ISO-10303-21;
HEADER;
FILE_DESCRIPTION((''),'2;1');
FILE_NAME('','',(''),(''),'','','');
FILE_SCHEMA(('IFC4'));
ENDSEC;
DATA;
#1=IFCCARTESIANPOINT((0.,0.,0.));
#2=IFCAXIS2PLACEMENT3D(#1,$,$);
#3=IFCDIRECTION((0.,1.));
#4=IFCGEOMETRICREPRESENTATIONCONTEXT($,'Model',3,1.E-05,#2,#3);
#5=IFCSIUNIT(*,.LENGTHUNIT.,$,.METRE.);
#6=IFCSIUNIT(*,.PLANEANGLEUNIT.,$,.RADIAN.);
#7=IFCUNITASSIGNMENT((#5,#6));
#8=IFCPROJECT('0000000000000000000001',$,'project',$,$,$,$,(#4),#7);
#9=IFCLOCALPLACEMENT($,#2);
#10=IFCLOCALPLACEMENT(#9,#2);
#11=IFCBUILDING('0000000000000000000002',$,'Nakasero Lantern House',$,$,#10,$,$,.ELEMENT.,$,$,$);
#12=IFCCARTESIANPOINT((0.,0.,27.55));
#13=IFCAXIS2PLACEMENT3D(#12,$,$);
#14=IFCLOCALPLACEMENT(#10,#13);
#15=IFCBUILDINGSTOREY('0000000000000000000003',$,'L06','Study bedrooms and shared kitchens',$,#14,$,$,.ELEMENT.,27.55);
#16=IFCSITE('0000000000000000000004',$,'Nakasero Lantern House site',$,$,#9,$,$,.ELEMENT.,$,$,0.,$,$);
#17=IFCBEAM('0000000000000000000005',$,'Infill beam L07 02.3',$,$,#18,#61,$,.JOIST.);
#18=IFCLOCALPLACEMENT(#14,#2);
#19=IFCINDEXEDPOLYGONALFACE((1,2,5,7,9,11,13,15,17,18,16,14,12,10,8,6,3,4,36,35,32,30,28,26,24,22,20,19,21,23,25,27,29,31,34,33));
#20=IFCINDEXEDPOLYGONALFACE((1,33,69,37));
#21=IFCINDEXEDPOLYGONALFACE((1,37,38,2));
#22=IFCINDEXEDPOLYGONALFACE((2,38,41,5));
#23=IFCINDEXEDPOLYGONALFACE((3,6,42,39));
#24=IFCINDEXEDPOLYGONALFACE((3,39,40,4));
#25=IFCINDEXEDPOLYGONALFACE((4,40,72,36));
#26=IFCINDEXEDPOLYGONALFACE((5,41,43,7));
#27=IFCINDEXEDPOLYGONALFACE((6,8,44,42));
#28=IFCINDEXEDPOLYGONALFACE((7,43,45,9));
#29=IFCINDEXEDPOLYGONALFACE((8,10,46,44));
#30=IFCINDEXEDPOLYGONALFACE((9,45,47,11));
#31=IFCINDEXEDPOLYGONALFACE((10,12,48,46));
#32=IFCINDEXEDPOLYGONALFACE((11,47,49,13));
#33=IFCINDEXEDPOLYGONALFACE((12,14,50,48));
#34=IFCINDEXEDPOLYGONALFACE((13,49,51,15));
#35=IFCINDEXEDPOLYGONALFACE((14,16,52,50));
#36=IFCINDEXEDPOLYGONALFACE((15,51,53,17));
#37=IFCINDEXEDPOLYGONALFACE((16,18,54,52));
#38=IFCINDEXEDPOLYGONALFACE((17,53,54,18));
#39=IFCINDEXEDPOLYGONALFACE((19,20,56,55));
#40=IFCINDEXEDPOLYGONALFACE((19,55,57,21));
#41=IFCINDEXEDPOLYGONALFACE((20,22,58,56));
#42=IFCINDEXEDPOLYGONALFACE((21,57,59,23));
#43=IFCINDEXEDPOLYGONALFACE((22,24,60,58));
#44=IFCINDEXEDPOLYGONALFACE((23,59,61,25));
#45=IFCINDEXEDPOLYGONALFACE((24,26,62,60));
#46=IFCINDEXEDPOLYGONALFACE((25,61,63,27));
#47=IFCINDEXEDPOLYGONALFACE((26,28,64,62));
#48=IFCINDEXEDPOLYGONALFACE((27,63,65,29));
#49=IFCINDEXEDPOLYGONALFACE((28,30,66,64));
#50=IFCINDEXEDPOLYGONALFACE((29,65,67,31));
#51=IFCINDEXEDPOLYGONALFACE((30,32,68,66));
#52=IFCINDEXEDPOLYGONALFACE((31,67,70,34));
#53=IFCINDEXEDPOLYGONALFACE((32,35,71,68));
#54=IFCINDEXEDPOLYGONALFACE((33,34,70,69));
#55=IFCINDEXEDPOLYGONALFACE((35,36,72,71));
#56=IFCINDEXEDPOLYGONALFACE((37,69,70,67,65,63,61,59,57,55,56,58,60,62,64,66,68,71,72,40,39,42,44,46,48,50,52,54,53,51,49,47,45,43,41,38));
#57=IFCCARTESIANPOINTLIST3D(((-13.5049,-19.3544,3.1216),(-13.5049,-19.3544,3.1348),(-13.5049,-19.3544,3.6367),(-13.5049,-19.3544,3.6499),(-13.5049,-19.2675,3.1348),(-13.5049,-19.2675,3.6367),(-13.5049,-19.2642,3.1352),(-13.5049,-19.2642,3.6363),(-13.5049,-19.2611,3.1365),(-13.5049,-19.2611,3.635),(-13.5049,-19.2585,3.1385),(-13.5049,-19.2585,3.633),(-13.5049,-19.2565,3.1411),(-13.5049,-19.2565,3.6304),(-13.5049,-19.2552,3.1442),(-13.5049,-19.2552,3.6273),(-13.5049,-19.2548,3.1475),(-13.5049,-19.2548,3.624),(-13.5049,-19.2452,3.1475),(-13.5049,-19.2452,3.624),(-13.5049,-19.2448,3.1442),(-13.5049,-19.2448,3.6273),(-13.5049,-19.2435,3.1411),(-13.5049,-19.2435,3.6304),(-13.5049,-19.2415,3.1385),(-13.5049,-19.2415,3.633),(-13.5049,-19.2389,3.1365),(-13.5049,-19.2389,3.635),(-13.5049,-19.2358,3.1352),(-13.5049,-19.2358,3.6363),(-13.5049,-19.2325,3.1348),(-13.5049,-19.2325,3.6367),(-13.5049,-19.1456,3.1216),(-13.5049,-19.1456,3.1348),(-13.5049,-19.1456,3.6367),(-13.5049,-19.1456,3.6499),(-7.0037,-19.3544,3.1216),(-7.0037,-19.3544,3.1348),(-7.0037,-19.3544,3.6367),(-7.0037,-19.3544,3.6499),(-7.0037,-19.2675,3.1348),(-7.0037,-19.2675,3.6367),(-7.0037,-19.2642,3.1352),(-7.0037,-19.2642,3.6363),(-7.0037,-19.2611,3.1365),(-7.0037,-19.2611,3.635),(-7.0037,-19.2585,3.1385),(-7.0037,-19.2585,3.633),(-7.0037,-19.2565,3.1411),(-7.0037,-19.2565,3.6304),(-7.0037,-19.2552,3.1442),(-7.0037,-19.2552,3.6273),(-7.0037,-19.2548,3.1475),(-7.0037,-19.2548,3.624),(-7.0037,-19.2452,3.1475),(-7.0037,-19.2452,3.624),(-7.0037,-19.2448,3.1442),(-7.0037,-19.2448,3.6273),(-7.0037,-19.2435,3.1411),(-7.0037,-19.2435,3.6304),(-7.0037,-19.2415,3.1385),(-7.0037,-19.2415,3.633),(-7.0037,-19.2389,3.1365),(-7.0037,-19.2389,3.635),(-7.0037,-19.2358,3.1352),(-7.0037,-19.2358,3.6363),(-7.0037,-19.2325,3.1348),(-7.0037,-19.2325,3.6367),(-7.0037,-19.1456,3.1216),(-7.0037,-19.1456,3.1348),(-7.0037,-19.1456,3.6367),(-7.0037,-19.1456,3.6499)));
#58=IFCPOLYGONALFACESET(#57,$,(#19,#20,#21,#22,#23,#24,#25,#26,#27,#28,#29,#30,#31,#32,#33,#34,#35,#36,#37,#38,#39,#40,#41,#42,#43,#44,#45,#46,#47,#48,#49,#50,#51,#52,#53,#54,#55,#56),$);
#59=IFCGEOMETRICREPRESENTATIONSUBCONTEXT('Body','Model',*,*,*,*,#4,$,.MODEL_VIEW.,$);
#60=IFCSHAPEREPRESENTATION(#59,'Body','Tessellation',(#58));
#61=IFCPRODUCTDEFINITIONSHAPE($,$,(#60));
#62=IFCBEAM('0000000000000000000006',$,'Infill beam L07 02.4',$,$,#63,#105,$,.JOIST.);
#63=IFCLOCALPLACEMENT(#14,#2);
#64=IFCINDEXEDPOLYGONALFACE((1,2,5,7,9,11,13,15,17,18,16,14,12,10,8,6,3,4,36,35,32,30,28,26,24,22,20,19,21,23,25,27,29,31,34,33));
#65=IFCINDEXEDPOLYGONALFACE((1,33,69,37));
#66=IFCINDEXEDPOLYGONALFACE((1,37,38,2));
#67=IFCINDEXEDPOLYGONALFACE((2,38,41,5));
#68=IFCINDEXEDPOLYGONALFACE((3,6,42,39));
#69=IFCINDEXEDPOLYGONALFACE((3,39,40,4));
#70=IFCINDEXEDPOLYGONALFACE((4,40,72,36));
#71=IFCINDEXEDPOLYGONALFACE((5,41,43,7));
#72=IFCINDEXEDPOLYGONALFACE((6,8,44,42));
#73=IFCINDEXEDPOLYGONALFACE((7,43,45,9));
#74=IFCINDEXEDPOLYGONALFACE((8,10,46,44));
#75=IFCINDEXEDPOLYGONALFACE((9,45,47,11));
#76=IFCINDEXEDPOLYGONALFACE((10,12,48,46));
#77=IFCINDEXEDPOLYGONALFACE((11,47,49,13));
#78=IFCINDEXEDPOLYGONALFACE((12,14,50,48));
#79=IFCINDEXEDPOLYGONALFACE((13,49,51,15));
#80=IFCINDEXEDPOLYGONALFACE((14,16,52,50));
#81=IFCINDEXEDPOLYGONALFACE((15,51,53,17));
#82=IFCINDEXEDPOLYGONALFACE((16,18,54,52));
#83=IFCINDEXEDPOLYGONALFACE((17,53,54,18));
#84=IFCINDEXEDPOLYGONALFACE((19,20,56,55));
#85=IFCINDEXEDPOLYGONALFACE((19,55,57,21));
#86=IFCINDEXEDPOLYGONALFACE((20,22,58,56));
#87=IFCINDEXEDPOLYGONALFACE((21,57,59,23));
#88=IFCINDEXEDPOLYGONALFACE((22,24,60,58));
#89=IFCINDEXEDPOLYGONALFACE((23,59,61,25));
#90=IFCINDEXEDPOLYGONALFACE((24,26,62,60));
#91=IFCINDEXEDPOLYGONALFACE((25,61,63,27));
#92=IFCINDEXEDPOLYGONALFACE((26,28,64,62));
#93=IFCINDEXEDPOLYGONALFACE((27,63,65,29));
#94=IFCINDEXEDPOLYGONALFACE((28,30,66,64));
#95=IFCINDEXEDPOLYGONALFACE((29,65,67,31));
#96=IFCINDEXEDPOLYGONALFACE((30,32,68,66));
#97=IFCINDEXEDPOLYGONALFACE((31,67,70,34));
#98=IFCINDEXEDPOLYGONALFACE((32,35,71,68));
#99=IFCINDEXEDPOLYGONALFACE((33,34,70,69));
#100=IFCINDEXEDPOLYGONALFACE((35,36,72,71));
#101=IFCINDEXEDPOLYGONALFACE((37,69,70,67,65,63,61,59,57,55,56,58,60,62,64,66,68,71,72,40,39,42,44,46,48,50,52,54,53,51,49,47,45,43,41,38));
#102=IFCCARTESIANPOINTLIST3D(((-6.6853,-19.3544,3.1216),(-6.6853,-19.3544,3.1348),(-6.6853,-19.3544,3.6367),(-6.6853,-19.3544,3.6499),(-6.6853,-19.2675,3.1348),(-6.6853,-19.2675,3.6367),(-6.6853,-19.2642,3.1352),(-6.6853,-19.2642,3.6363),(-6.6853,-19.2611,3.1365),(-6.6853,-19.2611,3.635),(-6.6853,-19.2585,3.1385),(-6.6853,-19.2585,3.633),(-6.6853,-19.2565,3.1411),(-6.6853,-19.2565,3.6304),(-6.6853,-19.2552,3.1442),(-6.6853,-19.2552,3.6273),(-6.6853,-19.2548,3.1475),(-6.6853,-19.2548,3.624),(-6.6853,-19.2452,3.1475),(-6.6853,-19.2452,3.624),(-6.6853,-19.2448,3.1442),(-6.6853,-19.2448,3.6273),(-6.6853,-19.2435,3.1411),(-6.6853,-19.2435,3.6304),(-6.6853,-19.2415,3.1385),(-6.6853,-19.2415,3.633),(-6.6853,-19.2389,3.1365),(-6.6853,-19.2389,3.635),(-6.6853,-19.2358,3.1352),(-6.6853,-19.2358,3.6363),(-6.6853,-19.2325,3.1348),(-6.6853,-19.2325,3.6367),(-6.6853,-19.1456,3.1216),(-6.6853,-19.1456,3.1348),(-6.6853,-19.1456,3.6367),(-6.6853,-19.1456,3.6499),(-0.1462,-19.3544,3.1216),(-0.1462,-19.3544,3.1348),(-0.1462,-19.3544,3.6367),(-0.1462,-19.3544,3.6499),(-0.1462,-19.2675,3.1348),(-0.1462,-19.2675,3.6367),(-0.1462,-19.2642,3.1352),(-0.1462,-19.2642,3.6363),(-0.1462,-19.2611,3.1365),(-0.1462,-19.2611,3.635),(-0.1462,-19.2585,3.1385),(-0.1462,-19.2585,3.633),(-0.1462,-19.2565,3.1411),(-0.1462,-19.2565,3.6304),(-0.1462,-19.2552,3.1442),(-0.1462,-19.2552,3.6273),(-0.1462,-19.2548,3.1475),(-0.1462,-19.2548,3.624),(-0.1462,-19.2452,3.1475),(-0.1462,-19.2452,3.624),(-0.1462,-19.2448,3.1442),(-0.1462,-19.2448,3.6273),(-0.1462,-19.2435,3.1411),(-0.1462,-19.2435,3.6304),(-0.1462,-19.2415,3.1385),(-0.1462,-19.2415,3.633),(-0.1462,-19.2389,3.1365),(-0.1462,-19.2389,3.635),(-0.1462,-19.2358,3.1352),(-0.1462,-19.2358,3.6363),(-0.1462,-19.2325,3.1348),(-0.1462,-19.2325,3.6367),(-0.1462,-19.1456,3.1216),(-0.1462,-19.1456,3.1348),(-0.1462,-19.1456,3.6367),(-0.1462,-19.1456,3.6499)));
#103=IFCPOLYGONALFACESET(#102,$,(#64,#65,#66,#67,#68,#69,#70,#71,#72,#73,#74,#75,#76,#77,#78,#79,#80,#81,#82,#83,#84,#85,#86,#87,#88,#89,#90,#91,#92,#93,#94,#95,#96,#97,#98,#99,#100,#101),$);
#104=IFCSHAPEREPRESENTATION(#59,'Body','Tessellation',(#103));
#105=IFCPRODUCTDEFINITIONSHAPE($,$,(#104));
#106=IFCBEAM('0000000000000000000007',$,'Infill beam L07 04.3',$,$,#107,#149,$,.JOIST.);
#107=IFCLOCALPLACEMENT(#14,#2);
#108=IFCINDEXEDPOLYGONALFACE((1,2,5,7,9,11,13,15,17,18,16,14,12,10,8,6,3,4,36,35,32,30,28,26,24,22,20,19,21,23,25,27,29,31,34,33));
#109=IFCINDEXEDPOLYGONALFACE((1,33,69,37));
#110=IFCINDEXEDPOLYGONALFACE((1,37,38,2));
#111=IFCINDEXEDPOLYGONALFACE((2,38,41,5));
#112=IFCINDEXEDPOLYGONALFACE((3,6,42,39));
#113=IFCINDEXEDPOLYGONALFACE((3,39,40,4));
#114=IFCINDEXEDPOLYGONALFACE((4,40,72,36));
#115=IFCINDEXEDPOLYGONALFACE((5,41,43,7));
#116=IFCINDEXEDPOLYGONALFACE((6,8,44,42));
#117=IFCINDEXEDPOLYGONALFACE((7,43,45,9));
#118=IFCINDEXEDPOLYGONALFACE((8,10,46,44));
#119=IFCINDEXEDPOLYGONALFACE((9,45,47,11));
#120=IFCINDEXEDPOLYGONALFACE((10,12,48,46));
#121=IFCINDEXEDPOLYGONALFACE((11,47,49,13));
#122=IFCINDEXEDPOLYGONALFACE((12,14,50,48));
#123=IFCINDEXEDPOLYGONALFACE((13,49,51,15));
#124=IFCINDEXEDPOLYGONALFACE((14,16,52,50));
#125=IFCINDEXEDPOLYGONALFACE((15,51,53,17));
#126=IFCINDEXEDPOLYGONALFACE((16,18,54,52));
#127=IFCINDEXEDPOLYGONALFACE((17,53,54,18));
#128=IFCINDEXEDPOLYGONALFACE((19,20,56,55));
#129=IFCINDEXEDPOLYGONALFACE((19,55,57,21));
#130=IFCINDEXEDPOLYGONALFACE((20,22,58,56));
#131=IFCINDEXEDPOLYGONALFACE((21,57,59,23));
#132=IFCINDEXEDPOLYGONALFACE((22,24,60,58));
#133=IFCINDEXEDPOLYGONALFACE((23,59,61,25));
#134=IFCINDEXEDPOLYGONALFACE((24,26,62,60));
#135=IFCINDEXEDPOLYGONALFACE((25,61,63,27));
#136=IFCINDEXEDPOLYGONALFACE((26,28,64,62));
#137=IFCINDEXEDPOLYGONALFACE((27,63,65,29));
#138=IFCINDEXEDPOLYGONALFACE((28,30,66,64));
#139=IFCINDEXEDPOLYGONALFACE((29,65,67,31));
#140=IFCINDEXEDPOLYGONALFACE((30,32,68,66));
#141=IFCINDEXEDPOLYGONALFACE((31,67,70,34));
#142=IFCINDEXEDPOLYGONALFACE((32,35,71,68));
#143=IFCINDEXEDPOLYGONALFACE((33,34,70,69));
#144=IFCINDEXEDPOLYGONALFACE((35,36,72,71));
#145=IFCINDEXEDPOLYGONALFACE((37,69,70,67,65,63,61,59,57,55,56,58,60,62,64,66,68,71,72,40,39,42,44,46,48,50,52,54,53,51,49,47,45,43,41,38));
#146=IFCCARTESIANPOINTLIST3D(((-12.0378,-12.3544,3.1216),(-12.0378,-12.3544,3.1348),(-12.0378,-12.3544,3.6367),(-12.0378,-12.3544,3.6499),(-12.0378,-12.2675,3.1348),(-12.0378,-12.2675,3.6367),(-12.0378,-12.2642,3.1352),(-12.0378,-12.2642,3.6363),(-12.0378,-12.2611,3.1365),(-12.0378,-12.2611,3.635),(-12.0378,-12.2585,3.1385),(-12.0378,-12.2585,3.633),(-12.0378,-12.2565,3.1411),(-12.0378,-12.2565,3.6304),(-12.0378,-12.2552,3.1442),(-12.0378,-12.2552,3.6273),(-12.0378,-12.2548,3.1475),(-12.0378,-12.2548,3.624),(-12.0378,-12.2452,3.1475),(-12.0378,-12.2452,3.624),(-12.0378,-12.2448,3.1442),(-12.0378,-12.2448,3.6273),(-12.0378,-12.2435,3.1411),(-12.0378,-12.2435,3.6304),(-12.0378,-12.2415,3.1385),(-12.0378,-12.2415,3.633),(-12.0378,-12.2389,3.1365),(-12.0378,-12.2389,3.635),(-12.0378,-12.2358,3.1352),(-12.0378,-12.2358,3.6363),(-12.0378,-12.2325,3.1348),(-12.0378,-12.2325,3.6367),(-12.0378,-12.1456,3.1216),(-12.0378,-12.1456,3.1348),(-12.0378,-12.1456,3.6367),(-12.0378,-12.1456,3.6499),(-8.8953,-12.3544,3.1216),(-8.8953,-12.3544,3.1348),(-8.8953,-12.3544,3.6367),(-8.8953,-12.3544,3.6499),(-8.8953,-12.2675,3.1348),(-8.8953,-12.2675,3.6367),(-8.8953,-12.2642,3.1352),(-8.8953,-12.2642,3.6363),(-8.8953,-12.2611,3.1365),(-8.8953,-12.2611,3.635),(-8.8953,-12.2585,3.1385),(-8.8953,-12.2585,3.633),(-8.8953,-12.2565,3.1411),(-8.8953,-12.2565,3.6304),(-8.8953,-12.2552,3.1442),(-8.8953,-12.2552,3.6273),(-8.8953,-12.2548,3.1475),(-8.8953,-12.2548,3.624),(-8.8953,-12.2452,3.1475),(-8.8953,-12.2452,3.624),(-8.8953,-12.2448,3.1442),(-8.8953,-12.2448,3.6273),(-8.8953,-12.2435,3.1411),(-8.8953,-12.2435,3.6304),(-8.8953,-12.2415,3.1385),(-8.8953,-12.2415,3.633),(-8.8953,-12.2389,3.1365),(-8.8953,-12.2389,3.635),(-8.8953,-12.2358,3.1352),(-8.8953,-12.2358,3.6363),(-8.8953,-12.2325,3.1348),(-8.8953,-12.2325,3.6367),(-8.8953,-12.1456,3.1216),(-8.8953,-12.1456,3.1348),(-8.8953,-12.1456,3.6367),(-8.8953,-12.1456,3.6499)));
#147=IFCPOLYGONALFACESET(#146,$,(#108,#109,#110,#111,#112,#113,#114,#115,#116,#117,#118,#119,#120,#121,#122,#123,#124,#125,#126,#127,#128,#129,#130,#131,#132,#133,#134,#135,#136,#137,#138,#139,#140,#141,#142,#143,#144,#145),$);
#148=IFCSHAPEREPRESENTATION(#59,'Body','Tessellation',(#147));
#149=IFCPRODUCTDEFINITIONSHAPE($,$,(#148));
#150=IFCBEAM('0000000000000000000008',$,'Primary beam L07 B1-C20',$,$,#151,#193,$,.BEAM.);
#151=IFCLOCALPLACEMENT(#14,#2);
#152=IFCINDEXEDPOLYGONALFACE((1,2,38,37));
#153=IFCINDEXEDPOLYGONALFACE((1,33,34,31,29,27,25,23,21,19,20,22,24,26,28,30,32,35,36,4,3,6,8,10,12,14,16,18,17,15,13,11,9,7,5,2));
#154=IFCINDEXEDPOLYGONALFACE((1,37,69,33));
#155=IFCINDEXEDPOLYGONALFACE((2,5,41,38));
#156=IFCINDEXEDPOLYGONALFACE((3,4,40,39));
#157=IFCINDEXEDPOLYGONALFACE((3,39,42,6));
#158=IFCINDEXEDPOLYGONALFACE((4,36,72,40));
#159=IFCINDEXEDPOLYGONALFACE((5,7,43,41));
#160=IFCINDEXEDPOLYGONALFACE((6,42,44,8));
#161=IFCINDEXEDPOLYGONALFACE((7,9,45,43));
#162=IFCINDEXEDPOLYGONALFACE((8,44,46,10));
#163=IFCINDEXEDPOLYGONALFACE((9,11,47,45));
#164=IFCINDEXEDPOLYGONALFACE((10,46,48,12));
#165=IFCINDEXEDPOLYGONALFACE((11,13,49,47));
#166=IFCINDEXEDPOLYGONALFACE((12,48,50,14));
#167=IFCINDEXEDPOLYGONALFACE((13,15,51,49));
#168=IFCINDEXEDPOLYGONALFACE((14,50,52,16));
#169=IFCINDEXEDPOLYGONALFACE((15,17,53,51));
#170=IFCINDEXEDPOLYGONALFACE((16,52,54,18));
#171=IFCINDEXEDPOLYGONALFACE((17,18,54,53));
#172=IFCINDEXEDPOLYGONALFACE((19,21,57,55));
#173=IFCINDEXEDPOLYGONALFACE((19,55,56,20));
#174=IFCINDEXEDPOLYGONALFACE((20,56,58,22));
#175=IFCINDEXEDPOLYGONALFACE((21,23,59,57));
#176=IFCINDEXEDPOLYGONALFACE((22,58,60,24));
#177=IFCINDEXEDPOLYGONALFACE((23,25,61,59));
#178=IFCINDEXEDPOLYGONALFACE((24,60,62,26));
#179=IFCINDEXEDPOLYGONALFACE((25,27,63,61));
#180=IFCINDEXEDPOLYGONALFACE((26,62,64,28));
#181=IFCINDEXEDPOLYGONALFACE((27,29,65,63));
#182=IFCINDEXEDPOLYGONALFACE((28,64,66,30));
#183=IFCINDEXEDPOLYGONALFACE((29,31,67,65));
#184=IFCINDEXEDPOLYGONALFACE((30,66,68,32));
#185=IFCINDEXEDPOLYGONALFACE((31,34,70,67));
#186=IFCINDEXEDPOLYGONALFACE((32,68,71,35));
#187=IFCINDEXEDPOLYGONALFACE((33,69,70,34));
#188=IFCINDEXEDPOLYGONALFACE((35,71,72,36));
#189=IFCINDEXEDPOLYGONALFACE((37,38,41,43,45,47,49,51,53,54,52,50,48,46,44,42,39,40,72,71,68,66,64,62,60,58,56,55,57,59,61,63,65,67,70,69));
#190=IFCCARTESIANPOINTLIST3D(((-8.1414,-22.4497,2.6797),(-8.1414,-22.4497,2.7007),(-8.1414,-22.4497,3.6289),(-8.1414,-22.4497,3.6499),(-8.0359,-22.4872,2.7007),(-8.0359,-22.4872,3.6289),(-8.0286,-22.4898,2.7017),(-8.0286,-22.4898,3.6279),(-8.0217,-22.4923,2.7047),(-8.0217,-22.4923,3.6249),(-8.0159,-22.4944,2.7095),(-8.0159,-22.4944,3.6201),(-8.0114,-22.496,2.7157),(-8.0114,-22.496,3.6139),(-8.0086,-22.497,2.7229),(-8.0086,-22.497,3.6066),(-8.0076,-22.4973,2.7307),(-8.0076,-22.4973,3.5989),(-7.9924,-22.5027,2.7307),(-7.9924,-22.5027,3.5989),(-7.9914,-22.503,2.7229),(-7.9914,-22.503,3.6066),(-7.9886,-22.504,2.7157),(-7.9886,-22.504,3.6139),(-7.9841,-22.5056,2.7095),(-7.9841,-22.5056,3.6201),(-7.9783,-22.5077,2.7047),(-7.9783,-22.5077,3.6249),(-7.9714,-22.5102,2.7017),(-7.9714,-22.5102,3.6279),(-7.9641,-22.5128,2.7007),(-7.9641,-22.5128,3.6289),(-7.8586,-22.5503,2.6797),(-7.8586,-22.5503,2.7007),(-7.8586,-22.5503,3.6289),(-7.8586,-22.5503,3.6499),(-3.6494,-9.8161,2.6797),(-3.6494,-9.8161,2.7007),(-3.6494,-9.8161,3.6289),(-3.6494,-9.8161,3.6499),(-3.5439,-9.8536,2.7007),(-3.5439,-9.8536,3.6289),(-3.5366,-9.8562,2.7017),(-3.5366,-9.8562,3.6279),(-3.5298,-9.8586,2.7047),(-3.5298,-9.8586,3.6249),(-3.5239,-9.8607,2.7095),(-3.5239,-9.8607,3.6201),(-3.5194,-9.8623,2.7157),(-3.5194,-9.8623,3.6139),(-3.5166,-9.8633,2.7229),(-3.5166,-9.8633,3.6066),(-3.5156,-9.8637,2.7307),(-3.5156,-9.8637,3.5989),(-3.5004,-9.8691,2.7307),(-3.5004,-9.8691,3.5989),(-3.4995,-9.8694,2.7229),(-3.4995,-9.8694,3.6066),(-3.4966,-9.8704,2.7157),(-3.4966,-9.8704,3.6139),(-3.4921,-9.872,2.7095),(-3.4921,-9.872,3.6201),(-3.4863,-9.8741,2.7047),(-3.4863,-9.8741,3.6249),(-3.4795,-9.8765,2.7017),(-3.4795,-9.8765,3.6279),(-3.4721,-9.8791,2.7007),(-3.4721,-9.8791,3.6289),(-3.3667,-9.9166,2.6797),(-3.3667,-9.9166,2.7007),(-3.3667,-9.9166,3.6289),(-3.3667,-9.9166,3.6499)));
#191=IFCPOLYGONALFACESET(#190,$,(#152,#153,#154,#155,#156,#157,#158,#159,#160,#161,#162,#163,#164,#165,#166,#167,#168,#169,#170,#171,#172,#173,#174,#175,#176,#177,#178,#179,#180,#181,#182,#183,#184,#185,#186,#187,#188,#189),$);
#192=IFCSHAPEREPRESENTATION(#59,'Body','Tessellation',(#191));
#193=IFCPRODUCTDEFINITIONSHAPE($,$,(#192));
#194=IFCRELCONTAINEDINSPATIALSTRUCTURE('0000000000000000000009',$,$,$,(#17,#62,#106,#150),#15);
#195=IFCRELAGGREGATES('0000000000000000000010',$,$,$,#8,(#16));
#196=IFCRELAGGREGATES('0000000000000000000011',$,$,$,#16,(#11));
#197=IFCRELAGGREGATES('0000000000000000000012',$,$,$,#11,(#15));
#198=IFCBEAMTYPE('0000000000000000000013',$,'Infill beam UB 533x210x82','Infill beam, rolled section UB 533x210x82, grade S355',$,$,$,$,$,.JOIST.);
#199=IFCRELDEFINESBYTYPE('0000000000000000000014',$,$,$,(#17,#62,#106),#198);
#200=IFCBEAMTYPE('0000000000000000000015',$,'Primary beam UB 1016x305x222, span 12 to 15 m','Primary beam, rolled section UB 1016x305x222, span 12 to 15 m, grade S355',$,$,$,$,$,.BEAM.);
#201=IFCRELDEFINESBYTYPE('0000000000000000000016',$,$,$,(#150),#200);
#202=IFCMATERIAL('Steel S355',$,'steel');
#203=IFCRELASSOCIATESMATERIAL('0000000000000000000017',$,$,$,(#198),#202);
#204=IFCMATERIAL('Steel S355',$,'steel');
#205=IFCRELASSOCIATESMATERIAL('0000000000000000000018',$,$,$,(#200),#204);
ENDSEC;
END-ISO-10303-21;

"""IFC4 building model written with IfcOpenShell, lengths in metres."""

from ifc_helpers import new_model, si_unit, direction, frame, origin, origin_2d, place, context, subcontext, project, spatial, i_section, extrude, material, material_profile, profile_set, type_object, element, save


model = new_model("IFC4")

# Units and contexts
model_context = context("Model", 3, precision=1e-05, world=origin(), true_north=direction((0.0, 1.0)))
body_context = subcontext(model_context, "Body", "Model", "MODEL_VIEW")
ifc_project = project(units=[si_unit("LENGTHUNIT", "METRE"), si_unit("PLANEANGLEUNIT", "RADIAN")], contexts=[model_context])

# Site, building, storey
site_placement = place(None, origin())
site = spatial("IfcSite", under=ifc_project, at=site_placement, Name="Nakasero Lantern House site", CompositionType="ELEMENT", RefElevation=0.0)
building_placement = place(site_placement, origin())
building = spatial("IfcBuilding", under=site, at=building_placement, Name="Nakasero Lantern House", CompositionType="ELEMENT")
storey_placement = place(building_placement, frame((0.0, 0.0, 27.55)))
storey = spatial("IfcBuildingStorey", under=building, at=storey_placement, Name="L06", Description="Study bedrooms and shared kitchens", CompositionType="ELEMENT", Elevation=27.55)

# Beams
ifc_material_1 = material(Name="Steel S355", Category="steel")
ifc_material_profile_1 = material_profile(ifc_material_1, i_section(OverallWidth=0.2087, OverallDepth=0.5283, WebThickness=0.0095, FlangeThickness=0.0132, FilletRadius=0.0127, at=origin_2d()), Name="UB 533x210x82")
ifc_profile_set_1 = profile_set([ifc_material_profile_1], Name="Steel S355")
beam_type_1 = type_object("IfcBeamType", Name="Infill beam UB 533x210x82", Description="Infill beam, rolled section UB 533x210x82, grade S355", PredefinedType="JOIST", material=ifc_profile_set_1)
beam_1_placement = place(storey_placement, frame((-13.5049, -19.25, 3.3857), z_axis=(1.0, 0.0, 0.0), x_axis=(0.0, 1.0, 0.0)))
element("IfcBeam", 1, at=beam_1_placement, inside=storey, type_object=beam_type_1, Name="Infill beam L07 02.3", PredefinedType="JOIST", context=body_context, shape_type="SweptSolid", body=[
    extrude(i_section(OverallWidth=0.2087, OverallDepth=0.5283, WebThickness=0.0095, FlangeThickness=0.0132, FilletRadius=0.0127, at=origin_2d()), origin(), (0.0, 0.0, 1.0), 6.5012),
])
beam_2_placement = place(storey_placement, frame((-6.6853, -19.25, 3.3857), z_axis=(1.0, 0.0, 0.0), x_axis=(0.0, 1.0, 0.0)))
element("IfcBeam", 2, at=beam_2_placement, inside=storey, type_object=beam_type_1, Name="Infill beam L07 02.4", PredefinedType="JOIST", context=body_context, shape_type="SweptSolid", body=[
    extrude(i_section(OverallWidth=0.2087, OverallDepth=0.5283, WebThickness=0.0095, FlangeThickness=0.0132, FilletRadius=0.0127, at=origin_2d()), origin(), (0.0, 0.0, 1.0), 6.5391),
])
beam_3_placement = place(storey_placement, frame((-12.0378, -12.25, 3.3857), z_axis=(1.0, 0.0, 0.0), x_axis=(0.0, 1.0, 0.0)))
element("IfcBeam", 3, at=beam_3_placement, inside=storey, type_object=beam_type_1, Name="Infill beam L07 04.3", PredefinedType="JOIST", context=body_context, shape_type="SweptSolid", body=[
    extrude(i_section(OverallWidth=0.2087, OverallDepth=0.5283, WebThickness=0.0095, FlangeThickness=0.0132, FilletRadius=0.0127, at=origin_2d()), origin(), (0.0, 0.0, 1.0), 3.1426),
])
ifc_material_2 = material(Name="Steel S355", Category="steel")
ifc_material_profile_2 = material_profile(ifc_material_2, i_section(OverallWidth=0.3, OverallDepth=0.9702, WebThickness=0.0161, FlangeThickness=0.021, FilletRadius=0.03, at=origin_2d()), Name="UB 1016x305x222")
ifc_profile_set_2 = profile_set([ifc_material_profile_2], Name="Steel S355")
beam_type_2 = type_object("IfcBeamType", Name="Primary beam UB 1016x305x222, span 12 to 15 m", Description="Primary beam, rolled section UB 1016x305x222, span 12 to 15 m, grade S355", PredefinedType="BEAM", material=ifc_profile_set_2)
beam_4_placement = place(storey_placement, frame((-8.0, -22.5, 3.1648), z_axis=(0.335011, 0.942214, 0.0), x_axis=(-0.942214, 0.335011, 0.0)))
element("IfcBeam", 4, at=beam_4_placement, inside=storey, type_object=beam_type_2, Name="Primary beam L07 B1-C20", PredefinedType="BEAM", context=body_context, shape_type="SweptSolid", body=[
    extrude(i_section(OverallWidth=0.3, OverallDepth=0.9702, WebThickness=0.0161, FlangeThickness=0.021, FilletRadius=0.03, at=origin_2d()), origin(), (0.0, 0.0, 1.0), 13.4084),
])

save(model, "model.ifc")
